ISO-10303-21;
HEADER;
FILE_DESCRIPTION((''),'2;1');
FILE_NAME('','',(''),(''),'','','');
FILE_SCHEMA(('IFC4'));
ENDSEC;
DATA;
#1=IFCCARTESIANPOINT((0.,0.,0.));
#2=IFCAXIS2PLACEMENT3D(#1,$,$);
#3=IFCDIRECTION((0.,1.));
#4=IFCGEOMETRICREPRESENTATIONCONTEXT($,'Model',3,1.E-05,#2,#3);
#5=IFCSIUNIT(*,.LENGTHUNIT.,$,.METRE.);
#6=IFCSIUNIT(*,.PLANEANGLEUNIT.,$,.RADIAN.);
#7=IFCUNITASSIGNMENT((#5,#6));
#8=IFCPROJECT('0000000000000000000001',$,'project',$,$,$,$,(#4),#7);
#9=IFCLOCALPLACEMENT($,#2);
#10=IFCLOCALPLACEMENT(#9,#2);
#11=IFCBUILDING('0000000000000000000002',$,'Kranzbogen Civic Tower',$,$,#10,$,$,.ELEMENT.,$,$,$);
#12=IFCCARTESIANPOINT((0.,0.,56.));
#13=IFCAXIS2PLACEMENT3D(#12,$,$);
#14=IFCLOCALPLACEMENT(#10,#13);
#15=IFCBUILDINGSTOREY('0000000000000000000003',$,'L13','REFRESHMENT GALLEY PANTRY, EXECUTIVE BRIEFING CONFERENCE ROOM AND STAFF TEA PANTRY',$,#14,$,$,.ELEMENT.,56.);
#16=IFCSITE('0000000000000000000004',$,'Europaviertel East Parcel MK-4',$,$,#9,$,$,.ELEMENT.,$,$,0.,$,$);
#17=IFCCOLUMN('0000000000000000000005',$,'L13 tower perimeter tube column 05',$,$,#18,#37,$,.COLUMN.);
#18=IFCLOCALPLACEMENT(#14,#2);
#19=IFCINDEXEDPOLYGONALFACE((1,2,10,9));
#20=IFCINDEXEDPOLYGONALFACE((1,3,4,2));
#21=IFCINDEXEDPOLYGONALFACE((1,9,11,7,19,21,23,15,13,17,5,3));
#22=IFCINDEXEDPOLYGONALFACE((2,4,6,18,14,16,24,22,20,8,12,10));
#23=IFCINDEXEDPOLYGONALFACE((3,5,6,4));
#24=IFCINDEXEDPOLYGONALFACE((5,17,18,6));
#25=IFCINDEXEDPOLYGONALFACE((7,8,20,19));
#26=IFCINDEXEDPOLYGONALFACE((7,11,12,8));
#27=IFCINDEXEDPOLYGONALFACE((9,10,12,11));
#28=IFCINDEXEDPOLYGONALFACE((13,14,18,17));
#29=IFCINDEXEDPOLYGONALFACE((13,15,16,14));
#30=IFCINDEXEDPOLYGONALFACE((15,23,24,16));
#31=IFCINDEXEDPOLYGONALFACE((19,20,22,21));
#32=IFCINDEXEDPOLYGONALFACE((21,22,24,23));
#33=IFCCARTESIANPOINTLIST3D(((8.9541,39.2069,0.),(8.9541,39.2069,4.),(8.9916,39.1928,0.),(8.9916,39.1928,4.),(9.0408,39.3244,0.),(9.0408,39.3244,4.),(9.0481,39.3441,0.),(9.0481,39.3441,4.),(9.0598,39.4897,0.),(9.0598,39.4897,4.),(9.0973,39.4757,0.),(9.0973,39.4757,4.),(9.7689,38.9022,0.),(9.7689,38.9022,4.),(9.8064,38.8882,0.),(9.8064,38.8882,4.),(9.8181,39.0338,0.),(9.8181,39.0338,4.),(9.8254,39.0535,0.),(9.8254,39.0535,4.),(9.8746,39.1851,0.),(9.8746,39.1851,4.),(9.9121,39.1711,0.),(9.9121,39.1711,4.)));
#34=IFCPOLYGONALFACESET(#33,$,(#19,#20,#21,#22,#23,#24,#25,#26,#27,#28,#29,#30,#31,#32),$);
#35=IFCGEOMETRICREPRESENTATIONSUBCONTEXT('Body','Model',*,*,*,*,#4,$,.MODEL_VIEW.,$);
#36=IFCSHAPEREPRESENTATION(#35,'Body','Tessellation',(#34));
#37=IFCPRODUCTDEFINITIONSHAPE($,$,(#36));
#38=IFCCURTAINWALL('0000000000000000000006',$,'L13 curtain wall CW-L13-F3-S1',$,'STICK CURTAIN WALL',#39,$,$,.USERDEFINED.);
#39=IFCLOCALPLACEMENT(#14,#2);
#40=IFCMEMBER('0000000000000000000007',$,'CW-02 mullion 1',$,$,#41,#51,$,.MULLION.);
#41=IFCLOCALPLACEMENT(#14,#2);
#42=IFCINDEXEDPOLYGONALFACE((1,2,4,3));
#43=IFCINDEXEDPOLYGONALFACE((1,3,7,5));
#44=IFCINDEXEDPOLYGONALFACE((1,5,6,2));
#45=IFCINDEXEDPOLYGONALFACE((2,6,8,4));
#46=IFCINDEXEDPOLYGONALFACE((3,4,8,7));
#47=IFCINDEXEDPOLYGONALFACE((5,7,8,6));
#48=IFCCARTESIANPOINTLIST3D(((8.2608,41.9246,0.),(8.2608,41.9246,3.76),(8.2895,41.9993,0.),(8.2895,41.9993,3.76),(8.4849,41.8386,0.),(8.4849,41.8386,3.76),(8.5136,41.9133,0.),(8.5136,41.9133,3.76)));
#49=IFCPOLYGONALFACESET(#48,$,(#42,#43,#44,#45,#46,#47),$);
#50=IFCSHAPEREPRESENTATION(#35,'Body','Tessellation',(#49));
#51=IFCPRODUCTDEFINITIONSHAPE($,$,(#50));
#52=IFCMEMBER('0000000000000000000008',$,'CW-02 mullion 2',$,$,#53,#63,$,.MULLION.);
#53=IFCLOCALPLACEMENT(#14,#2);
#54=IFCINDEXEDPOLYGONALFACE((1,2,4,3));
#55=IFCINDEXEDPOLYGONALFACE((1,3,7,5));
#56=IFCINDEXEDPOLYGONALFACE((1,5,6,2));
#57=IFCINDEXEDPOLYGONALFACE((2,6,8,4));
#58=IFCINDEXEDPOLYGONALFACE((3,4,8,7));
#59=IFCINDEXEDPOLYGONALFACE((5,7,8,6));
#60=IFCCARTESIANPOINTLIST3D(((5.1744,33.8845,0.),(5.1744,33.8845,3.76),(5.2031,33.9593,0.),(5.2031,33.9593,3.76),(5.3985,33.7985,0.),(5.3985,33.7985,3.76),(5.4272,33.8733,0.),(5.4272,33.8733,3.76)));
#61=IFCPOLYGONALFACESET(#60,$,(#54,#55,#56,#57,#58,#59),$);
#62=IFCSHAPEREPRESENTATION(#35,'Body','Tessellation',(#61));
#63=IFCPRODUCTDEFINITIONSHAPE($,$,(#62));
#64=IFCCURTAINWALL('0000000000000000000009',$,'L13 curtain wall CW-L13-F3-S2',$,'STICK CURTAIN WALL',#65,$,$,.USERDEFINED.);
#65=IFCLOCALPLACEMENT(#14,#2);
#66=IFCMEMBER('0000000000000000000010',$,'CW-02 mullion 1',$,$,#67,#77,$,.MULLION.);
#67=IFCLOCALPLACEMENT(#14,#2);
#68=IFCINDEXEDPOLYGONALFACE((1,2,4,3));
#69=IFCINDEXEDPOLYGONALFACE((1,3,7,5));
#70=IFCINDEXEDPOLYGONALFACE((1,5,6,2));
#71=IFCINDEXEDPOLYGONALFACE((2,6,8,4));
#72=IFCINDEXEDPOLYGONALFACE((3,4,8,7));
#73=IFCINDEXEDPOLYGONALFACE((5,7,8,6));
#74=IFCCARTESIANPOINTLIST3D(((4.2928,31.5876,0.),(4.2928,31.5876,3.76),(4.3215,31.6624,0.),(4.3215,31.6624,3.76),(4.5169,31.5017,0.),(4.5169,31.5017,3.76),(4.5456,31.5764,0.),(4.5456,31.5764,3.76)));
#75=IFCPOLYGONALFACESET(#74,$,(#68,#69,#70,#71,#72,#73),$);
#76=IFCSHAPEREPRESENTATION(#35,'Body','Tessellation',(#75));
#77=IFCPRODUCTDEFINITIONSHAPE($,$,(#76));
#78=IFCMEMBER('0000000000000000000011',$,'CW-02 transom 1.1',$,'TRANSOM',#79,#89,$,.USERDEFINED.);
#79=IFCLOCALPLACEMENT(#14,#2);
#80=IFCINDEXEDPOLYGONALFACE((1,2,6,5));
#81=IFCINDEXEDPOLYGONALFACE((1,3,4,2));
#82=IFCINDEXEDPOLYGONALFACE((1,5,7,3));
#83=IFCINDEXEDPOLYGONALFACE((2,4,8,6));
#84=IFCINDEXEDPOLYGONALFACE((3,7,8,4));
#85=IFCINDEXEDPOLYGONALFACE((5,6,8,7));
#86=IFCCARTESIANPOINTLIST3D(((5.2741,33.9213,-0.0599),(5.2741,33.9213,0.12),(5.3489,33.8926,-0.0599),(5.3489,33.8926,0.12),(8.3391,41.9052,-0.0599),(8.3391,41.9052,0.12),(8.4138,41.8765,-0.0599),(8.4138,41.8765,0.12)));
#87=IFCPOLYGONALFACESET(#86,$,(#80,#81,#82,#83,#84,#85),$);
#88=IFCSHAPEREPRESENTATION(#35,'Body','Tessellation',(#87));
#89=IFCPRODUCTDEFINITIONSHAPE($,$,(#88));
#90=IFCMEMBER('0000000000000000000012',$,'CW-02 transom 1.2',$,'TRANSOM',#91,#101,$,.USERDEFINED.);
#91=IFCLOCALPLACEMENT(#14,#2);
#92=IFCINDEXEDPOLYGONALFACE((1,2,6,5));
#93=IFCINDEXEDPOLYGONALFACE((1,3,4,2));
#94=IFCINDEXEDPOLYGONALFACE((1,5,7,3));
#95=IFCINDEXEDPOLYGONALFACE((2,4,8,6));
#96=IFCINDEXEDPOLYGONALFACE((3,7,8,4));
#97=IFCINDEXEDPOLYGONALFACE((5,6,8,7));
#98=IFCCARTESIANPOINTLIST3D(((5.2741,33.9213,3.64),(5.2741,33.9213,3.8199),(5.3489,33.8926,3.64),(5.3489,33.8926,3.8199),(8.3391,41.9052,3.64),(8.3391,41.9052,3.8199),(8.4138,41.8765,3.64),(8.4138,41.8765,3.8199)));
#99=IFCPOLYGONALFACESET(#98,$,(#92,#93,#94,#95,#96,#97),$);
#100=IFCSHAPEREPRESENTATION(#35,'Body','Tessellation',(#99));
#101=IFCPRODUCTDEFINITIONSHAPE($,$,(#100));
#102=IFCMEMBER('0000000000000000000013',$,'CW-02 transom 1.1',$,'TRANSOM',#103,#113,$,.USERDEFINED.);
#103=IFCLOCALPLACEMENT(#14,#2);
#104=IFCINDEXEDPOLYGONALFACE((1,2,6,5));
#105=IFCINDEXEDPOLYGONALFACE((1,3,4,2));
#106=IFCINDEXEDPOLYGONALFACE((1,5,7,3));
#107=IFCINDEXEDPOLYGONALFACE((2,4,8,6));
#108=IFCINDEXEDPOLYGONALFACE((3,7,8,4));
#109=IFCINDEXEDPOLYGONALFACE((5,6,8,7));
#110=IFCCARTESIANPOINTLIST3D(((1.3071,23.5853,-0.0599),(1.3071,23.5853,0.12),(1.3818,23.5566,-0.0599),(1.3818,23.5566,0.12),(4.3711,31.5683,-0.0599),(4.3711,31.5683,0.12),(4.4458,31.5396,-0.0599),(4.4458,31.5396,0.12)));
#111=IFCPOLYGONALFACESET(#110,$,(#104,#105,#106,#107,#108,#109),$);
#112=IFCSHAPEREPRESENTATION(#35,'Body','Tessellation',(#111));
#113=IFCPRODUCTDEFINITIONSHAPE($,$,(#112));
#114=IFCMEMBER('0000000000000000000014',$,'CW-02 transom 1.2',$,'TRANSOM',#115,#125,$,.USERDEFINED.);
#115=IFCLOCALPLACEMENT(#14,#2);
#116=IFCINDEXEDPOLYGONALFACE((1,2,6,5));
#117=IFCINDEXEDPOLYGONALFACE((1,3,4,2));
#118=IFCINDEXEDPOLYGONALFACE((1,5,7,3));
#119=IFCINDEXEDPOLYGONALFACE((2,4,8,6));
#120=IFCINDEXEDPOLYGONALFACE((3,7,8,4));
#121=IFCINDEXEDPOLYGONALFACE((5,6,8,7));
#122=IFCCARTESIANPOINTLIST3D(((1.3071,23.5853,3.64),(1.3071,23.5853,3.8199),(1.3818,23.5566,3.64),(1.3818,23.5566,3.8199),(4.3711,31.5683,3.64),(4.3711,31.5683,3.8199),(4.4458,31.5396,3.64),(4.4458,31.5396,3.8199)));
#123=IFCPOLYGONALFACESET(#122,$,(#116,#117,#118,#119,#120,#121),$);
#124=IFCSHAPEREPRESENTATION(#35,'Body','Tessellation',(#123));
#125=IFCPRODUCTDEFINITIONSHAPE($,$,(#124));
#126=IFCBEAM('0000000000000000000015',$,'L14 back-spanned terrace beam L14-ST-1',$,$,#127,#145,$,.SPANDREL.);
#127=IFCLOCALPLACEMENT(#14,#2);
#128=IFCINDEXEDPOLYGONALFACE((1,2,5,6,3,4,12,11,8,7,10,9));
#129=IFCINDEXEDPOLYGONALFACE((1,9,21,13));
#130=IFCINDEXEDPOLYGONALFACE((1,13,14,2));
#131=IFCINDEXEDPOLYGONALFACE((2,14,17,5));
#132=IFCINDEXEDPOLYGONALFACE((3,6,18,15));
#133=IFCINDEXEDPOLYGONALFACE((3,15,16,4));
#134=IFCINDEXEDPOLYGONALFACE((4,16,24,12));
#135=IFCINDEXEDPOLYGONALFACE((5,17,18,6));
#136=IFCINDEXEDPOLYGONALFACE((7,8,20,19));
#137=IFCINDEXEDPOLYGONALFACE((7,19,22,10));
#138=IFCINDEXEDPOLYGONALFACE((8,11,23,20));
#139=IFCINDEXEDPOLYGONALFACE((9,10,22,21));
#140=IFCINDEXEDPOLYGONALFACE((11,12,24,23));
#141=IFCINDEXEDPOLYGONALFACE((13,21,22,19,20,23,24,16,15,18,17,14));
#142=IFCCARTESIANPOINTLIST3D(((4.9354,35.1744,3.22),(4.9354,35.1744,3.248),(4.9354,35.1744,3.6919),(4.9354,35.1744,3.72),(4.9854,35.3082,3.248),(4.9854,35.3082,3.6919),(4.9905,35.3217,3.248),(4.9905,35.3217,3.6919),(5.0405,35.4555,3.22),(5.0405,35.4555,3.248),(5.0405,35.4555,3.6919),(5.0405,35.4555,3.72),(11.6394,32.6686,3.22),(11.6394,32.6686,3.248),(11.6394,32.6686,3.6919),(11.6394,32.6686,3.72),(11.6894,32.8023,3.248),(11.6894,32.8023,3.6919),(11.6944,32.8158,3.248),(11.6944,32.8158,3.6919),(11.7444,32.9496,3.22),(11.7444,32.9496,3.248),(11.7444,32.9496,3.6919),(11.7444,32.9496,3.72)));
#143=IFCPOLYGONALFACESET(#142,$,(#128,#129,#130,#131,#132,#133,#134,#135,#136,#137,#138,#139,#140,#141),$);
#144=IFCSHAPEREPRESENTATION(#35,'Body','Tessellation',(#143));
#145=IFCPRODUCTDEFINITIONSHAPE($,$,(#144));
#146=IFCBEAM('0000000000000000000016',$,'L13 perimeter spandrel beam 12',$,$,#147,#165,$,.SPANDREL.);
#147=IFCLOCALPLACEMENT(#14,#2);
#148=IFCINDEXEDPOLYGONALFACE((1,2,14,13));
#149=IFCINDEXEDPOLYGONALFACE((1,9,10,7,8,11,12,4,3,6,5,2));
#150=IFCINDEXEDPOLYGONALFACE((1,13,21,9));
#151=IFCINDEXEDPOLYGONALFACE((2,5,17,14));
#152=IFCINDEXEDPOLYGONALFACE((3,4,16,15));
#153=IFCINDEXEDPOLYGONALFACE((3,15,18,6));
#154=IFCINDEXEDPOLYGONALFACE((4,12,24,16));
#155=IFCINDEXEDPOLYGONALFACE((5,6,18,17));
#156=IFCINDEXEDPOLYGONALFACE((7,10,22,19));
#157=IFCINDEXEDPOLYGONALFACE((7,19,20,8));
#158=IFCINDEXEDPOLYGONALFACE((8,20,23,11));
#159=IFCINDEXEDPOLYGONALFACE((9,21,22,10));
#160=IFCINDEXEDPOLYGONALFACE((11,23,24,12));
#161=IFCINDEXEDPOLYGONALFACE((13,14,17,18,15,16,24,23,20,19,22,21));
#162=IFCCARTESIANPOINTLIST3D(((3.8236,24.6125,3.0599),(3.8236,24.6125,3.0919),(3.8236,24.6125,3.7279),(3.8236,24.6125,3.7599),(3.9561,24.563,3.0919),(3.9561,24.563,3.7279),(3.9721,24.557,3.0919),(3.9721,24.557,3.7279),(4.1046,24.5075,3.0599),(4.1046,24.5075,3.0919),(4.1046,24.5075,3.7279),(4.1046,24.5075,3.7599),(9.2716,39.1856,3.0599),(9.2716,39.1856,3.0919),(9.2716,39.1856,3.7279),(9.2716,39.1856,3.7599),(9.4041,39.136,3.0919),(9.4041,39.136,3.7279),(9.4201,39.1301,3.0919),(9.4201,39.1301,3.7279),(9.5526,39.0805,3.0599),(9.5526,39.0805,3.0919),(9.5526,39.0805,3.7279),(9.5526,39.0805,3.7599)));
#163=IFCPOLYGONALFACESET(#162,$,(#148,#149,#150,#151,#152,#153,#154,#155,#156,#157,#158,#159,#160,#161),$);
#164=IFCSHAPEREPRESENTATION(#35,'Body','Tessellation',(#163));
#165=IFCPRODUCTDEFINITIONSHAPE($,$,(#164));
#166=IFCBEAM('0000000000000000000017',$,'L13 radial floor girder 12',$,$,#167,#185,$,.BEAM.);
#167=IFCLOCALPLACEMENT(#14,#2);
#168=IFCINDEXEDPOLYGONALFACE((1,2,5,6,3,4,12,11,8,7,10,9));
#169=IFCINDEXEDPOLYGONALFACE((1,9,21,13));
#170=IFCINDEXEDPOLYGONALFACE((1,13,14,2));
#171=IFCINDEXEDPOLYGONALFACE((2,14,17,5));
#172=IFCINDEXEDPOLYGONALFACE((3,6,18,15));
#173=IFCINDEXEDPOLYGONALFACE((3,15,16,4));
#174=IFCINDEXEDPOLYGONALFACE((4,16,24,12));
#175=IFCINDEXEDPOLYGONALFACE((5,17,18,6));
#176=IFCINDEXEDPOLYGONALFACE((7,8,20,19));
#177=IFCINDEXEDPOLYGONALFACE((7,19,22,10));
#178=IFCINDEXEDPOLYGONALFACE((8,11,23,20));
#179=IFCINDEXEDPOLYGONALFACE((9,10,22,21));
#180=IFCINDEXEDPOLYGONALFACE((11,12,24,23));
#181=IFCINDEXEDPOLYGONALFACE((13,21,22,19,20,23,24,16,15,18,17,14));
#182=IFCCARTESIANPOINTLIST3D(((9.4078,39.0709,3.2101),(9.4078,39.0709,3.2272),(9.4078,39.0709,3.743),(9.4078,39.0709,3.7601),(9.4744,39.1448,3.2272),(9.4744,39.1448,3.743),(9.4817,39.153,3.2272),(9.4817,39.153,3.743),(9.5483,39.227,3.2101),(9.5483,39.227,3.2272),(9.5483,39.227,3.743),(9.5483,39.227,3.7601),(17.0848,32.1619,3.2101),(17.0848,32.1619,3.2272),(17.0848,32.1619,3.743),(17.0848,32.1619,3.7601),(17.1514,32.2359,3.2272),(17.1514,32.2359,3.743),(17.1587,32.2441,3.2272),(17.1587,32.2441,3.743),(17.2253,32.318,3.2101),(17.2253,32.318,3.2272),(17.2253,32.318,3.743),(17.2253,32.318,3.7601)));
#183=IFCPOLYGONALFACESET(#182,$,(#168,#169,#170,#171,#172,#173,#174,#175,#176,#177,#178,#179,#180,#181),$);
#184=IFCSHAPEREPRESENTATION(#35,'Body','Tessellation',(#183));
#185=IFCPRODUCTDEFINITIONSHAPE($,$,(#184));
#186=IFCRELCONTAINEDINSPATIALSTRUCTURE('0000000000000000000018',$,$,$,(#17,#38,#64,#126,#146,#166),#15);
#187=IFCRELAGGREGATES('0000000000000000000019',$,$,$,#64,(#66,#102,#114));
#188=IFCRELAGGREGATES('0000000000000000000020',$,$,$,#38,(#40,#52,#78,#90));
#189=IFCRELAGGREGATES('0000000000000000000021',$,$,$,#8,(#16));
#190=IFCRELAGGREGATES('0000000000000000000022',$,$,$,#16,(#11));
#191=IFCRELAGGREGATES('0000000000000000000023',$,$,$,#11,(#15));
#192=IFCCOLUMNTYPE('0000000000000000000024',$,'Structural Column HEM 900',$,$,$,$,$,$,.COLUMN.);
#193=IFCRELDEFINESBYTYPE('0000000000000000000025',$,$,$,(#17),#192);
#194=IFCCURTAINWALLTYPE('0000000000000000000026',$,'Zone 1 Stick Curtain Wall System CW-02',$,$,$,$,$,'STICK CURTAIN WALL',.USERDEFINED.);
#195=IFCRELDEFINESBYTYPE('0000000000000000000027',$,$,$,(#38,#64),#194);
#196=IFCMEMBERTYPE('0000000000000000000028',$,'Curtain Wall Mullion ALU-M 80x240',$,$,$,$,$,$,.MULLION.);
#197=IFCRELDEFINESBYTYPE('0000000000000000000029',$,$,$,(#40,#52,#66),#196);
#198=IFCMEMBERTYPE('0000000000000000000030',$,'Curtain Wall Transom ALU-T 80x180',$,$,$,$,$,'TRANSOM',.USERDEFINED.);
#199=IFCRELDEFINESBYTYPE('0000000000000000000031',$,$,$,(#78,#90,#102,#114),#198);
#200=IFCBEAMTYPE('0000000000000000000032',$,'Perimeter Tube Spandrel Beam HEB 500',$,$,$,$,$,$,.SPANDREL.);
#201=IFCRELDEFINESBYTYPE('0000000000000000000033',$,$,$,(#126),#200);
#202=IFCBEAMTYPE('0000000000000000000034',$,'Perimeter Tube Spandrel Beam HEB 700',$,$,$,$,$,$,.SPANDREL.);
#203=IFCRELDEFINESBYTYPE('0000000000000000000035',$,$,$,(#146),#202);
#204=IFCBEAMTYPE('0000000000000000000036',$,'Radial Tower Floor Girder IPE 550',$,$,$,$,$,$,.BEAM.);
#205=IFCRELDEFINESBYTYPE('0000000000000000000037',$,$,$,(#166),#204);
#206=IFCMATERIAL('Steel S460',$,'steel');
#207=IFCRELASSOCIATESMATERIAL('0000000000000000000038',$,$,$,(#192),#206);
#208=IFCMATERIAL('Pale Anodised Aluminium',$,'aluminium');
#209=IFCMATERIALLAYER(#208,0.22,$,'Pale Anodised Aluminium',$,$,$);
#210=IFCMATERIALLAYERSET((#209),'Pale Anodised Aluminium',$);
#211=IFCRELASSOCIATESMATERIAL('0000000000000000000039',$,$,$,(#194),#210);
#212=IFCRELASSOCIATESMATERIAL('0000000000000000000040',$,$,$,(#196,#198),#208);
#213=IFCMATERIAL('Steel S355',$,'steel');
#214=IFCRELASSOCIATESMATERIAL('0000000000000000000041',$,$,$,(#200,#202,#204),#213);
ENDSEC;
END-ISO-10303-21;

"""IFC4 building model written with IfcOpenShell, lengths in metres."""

from ifc_helpers import new_model, si_unit, direction, frame, origin, origin_2d, place, context, subcontext, project, spatial, rectangle, i_section, extrude, material, layer, layer_set, material_profile, profile_set, type_object, element, aggregate, save


model = new_model("IFC4")

# Units and contexts
model_context = context("Model", 3, precision=1e-05, world=origin(), true_north=direction((0.0, 1.0)))
body_context = subcontext(model_context, "Body", "Model", "MODEL_VIEW")
ifc_project = project(units=[si_unit("LENGTHUNIT", "METRE"), si_unit("PLANEANGLEUNIT", "RADIAN")], contexts=[model_context])

# Site, building, storey
site_placement = place(None, origin())
site = spatial("IfcSite", under=ifc_project, at=site_placement, Name="Europaviertel East Parcel MK-4", CompositionType="ELEMENT", RefElevation=0.0)
building_placement = place(site_placement, origin())
building = spatial("IfcBuilding", under=site, at=building_placement, Name="Kranzbogen Civic Tower", CompositionType="ELEMENT")
storey_placement = place(building_placement, frame((0.0, 0.0, 56.0)))
storey = spatial("IfcBuildingStorey", under=building, at=storey_placement, Name="L13", Description="REFRESHMENT GALLEY PANTRY, EXECUTIVE BRIEFING CONFERENCE ROOM AND STAFF TEA PANTRY", CompositionType="ELEMENT", Elevation=56.0)

# Column
ifc_material_1 = material(Name="Steel S460", Category="steel")
ifc_material_profile_1 = material_profile(ifc_material_1, i_section(OverallWidth=0.302, OverallDepth=0.9099, WebThickness=0.021, FlangeThickness=0.04, at=origin_2d()), Name="HEM 900")
ifc_profile_set_1 = profile_set([ifc_material_profile_1], Name="Steel S460")
column_type = type_object("IfcColumnType", Name="Structural Column HEM 900", PredefinedType="COLUMN", material=ifc_profile_set_1)
column_placement = place(storey_placement, frame((9.4331, 39.189, 0.0), z_axis=(0.0, 0.0, 1.0), x_axis=(0.350207, 0.936672, 0.0)))
element("IfcColumn", 1, at=column_placement, inside=storey, type_object=column_type, Name="L13 tower perimeter tube column 05", PredefinedType="COLUMN", context=body_context, shape_type="SweptSolid", body=[
    extrude(i_section(OverallWidth=0.302, OverallDepth=0.9099, WebThickness=0.021, FlangeThickness=0.04, at=origin_2d()), origin(), (0.0, 0.0, 1.0), 4.0),
])

# Curtain wall, members
ifc_material_2 = material(Name="Pale Anodised Aluminium", Category="aluminium")
ifc_layer_1 = layer(ifc_material_2, 0.22, Name="Pale Anodised Aluminium")
ifc_layer_set_1 = layer_set([ifc_layer_1], Name="Pale Anodised Aluminium")
curtain_wall_type = type_object("IfcCurtainWallType", Name="Zone 1 Stick Curtain Wall System CW-02", ElementType="STICK CURTAIN WALL", PredefinedType="USERDEFINED", material=ifc_layer_set_1)
curtain_wall_1_placement = place(storey_placement, origin())
curtain_wall_1 = element("IfcCurtainWall", 2, at=curtain_wall_1_placement, inside=storey, type_object=curtain_wall_type, Name="L13 curtain wall CW-L13-F3-S1", ObjectType="STICK CURTAIN WALL", PredefinedType="USERDEFINED")
ifc_material_profile_2 = material_profile(ifc_material_2, rectangle(XDim=0.0801, YDim=0.24, at=origin_2d()), Name="ALU-M 80x240")
ifc_profile_set_2 = profile_set([ifc_material_profile_2], Name="Pale Anodised Aluminium")
member_type_1 = type_object("IfcMemberType", Name="Curtain Wall Mullion ALU-M 80x240", PredefinedType="MULLION", material=ifc_profile_set_2)
member_1_placement = place(storey_placement, frame((8.3872, 41.9189, 0.0), z_axis=(0.0, 0.0, 1.0), x_axis=(-0.358392, -0.933571, 0.0)))
member_1 = element("IfcMember", 3, at=member_1_placement, type_object=member_type_1, Name="CW-02 mullion 1", PredefinedType="MULLION", context=body_context, shape_type="SweptSolid", body=[
    extrude(rectangle(XDim=0.0801, YDim=0.24, at=origin_2d()), origin(), (0.0, 0.0, 1.0), 3.76),
])
member_2_placement = place(storey_placement, frame((5.3008, 33.8789, 0.0), z_axis=(0.0, 0.0, 1.0), x_axis=(-0.358392, -0.933571, 0.0)))
member_2 = element("IfcMember", 4, at=member_2_placement, type_object=member_type_1, Name="CW-02 mullion 2", PredefinedType="MULLION", context=body_context, shape_type="SweptSolid", body=[
    extrude(rectangle(XDim=0.0801, YDim=0.24, at=origin_2d()), origin(), (0.0, 0.0, 1.0), 3.76),
])

# Curtain wall, member
curtain_wall_2_placement = place(storey_placement, origin())
curtain_wall_2 = element("IfcCurtainWall", 5, at=curtain_wall_2_placement, inside=storey, type_object=curtain_wall_type, Name="L13 curtain wall CW-L13-F3-S2", ObjectType="STICK CURTAIN WALL", PredefinedType="USERDEFINED")
member_3_placement = place(storey_placement, frame((4.4192, 31.582, 0.0), z_axis=(0.0, 0.0, 1.0), x_axis=(-0.35833, -0.933595, 0.0)))
member_3 = element("IfcMember", 6, at=member_3_placement, type_object=member_type_1, Name="CW-02 mullion 1", PredefinedType="MULLION", context=body_context, shape_type="SweptSolid", body=[
    extrude(rectangle(XDim=0.0801, YDim=0.24, at=origin_2d()), origin(), (0.0, 0.0, 1.0), 3.76),
])

# Members
ifc_material_profile_3 = material_profile(ifc_material_2, rectangle(XDim=0.0801, YDim=0.1799, at=origin_2d()), Name="ALU-T 80x180")
ifc_profile_set_3 = profile_set([ifc_material_profile_3], Name="Pale Anodised Aluminium")
member_type_2 = type_object("IfcMemberType", Name="Curtain Wall Transom ALU-T 80x180", ElementType="TRANSOM", PredefinedType="USERDEFINED", material=ifc_profile_set_3)
member_4_placement = place(storey_placement, frame((8.3765, 41.8909, 0.03), z_axis=(-0.35839, -0.933572, 0.0), x_axis=(0.933572, -0.35839, 0.0)))
member_4 = element("IfcMember", 7, at=member_4_placement, type_object=member_type_2, Name="CW-02 transom 1.1", ObjectType="TRANSOM", PredefinedType="USERDEFINED", context=body_context, shape_type="SweptSolid", body=[
    extrude(rectangle(XDim=0.0801, YDim=0.1799, at=origin_2d()), origin(), (0.0, 0.0, 1.0), 8.552),
])
member_5_placement = place(storey_placement, frame((8.3765, 41.8909, 3.73), z_axis=(-0.35839, -0.933572, 0.0), x_axis=(0.933572, -0.35839, 0.0)))
member_5 = element("IfcMember", 8, at=member_5_placement, type_object=member_type_2, Name="CW-02 transom 1.2", ObjectType="TRANSOM", PredefinedType="USERDEFINED", context=body_context, shape_type="SweptSolid", body=[
    extrude(rectangle(XDim=0.0801, YDim=0.1799, at=origin_2d()), origin(), (0.0, 0.0, 1.0), 8.552),
])
member_6_placement = place(storey_placement, frame((4.4084, 31.554, 0.03), z_axis=(-0.358328, -0.933596, 0.0), x_axis=(0.933596, -0.358328, 0.0)))
member_6 = element("IfcMember", 9, at=member_6_placement, type_object=member_type_2, Name="CW-02 transom 1.1", ObjectType="TRANSOM", PredefinedType="USERDEFINED", context=body_context, shape_type="SweptSolid", body=[
    extrude(rectangle(XDim=0.0801, YDim=0.1799, at=origin_2d()), origin(), (0.0, 0.0, 1.0), 8.5508),
])
member_7_placement = place(storey_placement, frame((4.4084, 31.554, 3.73), z_axis=(-0.358328, -0.933596, 0.0), x_axis=(0.933596, -0.358328, 0.0)))
member_7 = element("IfcMember", 10, at=member_7_placement, type_object=member_type_2, Name="CW-02 transom 1.2", ObjectType="TRANSOM", PredefinedType="USERDEFINED", context=body_context, shape_type="SweptSolid", body=[
    extrude(rectangle(XDim=0.0801, YDim=0.1799, at=origin_2d()), origin(), (0.0, 0.0, 1.0), 8.5508),
])
aggregate(curtain_wall_2, [member_3, member_6, member_7])

# Beams
ifc_material_3 = material(Name="Steel S355", Category="steel")
ifc_material_profile_4 = material_profile(ifc_material_3, i_section(OverallWidth=0.3, OverallDepth=0.5, WebThickness=0.0144, FlangeThickness=0.0281, at=origin_2d()), Name="HEB 500")
ifc_profile_set_4 = profile_set([ifc_material_profile_4], Name="Steel S355")
beam_type_1 = type_object("IfcBeamType", Name="Perimeter Tube Spandrel Beam HEB 500", PredefinedType="SPANDREL", material=ifc_profile_set_4)
beam_1_placement = place(storey_placement, frame((11.6919, 32.8091, 3.47), z_axis=(-0.9367, 0.350133, 0.0), x_axis=(-0.350133, -0.9367, 0.0)))
element("IfcBeam", 11, at=beam_1_placement, inside=storey, type_object=beam_type_1, Name="L14 back-spanned terrace beam L14-ST-1", PredefinedType="SPANDREL", context=body_context, shape_type="SweptSolid", body=[
    extrude(i_section(OverallWidth=0.3, OverallDepth=0.5, WebThickness=0.0144, FlangeThickness=0.0281, at=origin_2d()), origin(), (0.0, 0.0, 1.0), 7.157),
])
ifc_material_profile_5 = material_profile(ifc_material_3, i_section(OverallWidth=0.3, OverallDepth=0.7, WebThickness=0.0171, FlangeThickness=0.032, at=origin_2d()), Name="HEB 700")
ifc_profile_set_5 = profile_set([ifc_material_profile_5], Name="Steel S355")
beam_type_2 = type_object("IfcBeamType", Name="Perimeter Tube Spandrel Beam HEB 700", PredefinedType="SPANDREL", material=ifc_profile_set_5)
beam_2_placement = place(storey_placement, frame((9.4121, 39.1331, 3.4099), z_axis=(-0.350172, -0.936685, 0.0), x_axis=(0.936685, -0.350172, 0.0)))
element("IfcBeam", 12, at=beam_2_placement, inside=storey, type_object=beam_type_2, Name="L13 perimeter spandrel beam 12", PredefinedType="SPANDREL", context=body_context, shape_type="SweptSolid", body=[
    extrude(i_section(OverallWidth=0.3, OverallDepth=0.7, WebThickness=0.0171, FlangeThickness=0.032, at=origin_2d()), origin(), (0.0, 0.0, 1.0), 15.5581),
])
ifc_material_profile_6 = material_profile(ifc_material_3, i_section(OverallWidth=0.21, OverallDepth=0.55, WebThickness=0.011, FlangeThickness=0.0171, at=origin_2d()), Name="IPE 550")
ifc_profile_set_6 = profile_set([ifc_material_profile_6], Name="Steel S355")
beam_type_3 = type_object("IfcBeamType", Name="Radial Tower Floor Girder IPE 550", PredefinedType="BEAM", material=ifc_profile_set_6)
beam_3_placement = place(storey_placement, frame((9.478, 39.1489, 3.4851), z_axis=(0.743312, -0.668945, 0.0), x_axis=(0.668945, 0.743312, 0.0)))
element("IfcBeam", 13, at=beam_3_placement, inside=storey, type_object=beam_type_3, Name="L13 radial floor girder 12", PredefinedType="BEAM", context=body_context, shape_type="SweptSolid", body=[
    extrude(i_section(OverallWidth=0.21, OverallDepth=0.55, WebThickness=0.011, FlangeThickness=0.0171, at=origin_2d()), origin(), (0.0, 0.0, 1.0), 10.3281),
])

aggregate(curtain_wall_1, [member_1, member_2, member_4, member_5])

save(model, "model.ifc")
